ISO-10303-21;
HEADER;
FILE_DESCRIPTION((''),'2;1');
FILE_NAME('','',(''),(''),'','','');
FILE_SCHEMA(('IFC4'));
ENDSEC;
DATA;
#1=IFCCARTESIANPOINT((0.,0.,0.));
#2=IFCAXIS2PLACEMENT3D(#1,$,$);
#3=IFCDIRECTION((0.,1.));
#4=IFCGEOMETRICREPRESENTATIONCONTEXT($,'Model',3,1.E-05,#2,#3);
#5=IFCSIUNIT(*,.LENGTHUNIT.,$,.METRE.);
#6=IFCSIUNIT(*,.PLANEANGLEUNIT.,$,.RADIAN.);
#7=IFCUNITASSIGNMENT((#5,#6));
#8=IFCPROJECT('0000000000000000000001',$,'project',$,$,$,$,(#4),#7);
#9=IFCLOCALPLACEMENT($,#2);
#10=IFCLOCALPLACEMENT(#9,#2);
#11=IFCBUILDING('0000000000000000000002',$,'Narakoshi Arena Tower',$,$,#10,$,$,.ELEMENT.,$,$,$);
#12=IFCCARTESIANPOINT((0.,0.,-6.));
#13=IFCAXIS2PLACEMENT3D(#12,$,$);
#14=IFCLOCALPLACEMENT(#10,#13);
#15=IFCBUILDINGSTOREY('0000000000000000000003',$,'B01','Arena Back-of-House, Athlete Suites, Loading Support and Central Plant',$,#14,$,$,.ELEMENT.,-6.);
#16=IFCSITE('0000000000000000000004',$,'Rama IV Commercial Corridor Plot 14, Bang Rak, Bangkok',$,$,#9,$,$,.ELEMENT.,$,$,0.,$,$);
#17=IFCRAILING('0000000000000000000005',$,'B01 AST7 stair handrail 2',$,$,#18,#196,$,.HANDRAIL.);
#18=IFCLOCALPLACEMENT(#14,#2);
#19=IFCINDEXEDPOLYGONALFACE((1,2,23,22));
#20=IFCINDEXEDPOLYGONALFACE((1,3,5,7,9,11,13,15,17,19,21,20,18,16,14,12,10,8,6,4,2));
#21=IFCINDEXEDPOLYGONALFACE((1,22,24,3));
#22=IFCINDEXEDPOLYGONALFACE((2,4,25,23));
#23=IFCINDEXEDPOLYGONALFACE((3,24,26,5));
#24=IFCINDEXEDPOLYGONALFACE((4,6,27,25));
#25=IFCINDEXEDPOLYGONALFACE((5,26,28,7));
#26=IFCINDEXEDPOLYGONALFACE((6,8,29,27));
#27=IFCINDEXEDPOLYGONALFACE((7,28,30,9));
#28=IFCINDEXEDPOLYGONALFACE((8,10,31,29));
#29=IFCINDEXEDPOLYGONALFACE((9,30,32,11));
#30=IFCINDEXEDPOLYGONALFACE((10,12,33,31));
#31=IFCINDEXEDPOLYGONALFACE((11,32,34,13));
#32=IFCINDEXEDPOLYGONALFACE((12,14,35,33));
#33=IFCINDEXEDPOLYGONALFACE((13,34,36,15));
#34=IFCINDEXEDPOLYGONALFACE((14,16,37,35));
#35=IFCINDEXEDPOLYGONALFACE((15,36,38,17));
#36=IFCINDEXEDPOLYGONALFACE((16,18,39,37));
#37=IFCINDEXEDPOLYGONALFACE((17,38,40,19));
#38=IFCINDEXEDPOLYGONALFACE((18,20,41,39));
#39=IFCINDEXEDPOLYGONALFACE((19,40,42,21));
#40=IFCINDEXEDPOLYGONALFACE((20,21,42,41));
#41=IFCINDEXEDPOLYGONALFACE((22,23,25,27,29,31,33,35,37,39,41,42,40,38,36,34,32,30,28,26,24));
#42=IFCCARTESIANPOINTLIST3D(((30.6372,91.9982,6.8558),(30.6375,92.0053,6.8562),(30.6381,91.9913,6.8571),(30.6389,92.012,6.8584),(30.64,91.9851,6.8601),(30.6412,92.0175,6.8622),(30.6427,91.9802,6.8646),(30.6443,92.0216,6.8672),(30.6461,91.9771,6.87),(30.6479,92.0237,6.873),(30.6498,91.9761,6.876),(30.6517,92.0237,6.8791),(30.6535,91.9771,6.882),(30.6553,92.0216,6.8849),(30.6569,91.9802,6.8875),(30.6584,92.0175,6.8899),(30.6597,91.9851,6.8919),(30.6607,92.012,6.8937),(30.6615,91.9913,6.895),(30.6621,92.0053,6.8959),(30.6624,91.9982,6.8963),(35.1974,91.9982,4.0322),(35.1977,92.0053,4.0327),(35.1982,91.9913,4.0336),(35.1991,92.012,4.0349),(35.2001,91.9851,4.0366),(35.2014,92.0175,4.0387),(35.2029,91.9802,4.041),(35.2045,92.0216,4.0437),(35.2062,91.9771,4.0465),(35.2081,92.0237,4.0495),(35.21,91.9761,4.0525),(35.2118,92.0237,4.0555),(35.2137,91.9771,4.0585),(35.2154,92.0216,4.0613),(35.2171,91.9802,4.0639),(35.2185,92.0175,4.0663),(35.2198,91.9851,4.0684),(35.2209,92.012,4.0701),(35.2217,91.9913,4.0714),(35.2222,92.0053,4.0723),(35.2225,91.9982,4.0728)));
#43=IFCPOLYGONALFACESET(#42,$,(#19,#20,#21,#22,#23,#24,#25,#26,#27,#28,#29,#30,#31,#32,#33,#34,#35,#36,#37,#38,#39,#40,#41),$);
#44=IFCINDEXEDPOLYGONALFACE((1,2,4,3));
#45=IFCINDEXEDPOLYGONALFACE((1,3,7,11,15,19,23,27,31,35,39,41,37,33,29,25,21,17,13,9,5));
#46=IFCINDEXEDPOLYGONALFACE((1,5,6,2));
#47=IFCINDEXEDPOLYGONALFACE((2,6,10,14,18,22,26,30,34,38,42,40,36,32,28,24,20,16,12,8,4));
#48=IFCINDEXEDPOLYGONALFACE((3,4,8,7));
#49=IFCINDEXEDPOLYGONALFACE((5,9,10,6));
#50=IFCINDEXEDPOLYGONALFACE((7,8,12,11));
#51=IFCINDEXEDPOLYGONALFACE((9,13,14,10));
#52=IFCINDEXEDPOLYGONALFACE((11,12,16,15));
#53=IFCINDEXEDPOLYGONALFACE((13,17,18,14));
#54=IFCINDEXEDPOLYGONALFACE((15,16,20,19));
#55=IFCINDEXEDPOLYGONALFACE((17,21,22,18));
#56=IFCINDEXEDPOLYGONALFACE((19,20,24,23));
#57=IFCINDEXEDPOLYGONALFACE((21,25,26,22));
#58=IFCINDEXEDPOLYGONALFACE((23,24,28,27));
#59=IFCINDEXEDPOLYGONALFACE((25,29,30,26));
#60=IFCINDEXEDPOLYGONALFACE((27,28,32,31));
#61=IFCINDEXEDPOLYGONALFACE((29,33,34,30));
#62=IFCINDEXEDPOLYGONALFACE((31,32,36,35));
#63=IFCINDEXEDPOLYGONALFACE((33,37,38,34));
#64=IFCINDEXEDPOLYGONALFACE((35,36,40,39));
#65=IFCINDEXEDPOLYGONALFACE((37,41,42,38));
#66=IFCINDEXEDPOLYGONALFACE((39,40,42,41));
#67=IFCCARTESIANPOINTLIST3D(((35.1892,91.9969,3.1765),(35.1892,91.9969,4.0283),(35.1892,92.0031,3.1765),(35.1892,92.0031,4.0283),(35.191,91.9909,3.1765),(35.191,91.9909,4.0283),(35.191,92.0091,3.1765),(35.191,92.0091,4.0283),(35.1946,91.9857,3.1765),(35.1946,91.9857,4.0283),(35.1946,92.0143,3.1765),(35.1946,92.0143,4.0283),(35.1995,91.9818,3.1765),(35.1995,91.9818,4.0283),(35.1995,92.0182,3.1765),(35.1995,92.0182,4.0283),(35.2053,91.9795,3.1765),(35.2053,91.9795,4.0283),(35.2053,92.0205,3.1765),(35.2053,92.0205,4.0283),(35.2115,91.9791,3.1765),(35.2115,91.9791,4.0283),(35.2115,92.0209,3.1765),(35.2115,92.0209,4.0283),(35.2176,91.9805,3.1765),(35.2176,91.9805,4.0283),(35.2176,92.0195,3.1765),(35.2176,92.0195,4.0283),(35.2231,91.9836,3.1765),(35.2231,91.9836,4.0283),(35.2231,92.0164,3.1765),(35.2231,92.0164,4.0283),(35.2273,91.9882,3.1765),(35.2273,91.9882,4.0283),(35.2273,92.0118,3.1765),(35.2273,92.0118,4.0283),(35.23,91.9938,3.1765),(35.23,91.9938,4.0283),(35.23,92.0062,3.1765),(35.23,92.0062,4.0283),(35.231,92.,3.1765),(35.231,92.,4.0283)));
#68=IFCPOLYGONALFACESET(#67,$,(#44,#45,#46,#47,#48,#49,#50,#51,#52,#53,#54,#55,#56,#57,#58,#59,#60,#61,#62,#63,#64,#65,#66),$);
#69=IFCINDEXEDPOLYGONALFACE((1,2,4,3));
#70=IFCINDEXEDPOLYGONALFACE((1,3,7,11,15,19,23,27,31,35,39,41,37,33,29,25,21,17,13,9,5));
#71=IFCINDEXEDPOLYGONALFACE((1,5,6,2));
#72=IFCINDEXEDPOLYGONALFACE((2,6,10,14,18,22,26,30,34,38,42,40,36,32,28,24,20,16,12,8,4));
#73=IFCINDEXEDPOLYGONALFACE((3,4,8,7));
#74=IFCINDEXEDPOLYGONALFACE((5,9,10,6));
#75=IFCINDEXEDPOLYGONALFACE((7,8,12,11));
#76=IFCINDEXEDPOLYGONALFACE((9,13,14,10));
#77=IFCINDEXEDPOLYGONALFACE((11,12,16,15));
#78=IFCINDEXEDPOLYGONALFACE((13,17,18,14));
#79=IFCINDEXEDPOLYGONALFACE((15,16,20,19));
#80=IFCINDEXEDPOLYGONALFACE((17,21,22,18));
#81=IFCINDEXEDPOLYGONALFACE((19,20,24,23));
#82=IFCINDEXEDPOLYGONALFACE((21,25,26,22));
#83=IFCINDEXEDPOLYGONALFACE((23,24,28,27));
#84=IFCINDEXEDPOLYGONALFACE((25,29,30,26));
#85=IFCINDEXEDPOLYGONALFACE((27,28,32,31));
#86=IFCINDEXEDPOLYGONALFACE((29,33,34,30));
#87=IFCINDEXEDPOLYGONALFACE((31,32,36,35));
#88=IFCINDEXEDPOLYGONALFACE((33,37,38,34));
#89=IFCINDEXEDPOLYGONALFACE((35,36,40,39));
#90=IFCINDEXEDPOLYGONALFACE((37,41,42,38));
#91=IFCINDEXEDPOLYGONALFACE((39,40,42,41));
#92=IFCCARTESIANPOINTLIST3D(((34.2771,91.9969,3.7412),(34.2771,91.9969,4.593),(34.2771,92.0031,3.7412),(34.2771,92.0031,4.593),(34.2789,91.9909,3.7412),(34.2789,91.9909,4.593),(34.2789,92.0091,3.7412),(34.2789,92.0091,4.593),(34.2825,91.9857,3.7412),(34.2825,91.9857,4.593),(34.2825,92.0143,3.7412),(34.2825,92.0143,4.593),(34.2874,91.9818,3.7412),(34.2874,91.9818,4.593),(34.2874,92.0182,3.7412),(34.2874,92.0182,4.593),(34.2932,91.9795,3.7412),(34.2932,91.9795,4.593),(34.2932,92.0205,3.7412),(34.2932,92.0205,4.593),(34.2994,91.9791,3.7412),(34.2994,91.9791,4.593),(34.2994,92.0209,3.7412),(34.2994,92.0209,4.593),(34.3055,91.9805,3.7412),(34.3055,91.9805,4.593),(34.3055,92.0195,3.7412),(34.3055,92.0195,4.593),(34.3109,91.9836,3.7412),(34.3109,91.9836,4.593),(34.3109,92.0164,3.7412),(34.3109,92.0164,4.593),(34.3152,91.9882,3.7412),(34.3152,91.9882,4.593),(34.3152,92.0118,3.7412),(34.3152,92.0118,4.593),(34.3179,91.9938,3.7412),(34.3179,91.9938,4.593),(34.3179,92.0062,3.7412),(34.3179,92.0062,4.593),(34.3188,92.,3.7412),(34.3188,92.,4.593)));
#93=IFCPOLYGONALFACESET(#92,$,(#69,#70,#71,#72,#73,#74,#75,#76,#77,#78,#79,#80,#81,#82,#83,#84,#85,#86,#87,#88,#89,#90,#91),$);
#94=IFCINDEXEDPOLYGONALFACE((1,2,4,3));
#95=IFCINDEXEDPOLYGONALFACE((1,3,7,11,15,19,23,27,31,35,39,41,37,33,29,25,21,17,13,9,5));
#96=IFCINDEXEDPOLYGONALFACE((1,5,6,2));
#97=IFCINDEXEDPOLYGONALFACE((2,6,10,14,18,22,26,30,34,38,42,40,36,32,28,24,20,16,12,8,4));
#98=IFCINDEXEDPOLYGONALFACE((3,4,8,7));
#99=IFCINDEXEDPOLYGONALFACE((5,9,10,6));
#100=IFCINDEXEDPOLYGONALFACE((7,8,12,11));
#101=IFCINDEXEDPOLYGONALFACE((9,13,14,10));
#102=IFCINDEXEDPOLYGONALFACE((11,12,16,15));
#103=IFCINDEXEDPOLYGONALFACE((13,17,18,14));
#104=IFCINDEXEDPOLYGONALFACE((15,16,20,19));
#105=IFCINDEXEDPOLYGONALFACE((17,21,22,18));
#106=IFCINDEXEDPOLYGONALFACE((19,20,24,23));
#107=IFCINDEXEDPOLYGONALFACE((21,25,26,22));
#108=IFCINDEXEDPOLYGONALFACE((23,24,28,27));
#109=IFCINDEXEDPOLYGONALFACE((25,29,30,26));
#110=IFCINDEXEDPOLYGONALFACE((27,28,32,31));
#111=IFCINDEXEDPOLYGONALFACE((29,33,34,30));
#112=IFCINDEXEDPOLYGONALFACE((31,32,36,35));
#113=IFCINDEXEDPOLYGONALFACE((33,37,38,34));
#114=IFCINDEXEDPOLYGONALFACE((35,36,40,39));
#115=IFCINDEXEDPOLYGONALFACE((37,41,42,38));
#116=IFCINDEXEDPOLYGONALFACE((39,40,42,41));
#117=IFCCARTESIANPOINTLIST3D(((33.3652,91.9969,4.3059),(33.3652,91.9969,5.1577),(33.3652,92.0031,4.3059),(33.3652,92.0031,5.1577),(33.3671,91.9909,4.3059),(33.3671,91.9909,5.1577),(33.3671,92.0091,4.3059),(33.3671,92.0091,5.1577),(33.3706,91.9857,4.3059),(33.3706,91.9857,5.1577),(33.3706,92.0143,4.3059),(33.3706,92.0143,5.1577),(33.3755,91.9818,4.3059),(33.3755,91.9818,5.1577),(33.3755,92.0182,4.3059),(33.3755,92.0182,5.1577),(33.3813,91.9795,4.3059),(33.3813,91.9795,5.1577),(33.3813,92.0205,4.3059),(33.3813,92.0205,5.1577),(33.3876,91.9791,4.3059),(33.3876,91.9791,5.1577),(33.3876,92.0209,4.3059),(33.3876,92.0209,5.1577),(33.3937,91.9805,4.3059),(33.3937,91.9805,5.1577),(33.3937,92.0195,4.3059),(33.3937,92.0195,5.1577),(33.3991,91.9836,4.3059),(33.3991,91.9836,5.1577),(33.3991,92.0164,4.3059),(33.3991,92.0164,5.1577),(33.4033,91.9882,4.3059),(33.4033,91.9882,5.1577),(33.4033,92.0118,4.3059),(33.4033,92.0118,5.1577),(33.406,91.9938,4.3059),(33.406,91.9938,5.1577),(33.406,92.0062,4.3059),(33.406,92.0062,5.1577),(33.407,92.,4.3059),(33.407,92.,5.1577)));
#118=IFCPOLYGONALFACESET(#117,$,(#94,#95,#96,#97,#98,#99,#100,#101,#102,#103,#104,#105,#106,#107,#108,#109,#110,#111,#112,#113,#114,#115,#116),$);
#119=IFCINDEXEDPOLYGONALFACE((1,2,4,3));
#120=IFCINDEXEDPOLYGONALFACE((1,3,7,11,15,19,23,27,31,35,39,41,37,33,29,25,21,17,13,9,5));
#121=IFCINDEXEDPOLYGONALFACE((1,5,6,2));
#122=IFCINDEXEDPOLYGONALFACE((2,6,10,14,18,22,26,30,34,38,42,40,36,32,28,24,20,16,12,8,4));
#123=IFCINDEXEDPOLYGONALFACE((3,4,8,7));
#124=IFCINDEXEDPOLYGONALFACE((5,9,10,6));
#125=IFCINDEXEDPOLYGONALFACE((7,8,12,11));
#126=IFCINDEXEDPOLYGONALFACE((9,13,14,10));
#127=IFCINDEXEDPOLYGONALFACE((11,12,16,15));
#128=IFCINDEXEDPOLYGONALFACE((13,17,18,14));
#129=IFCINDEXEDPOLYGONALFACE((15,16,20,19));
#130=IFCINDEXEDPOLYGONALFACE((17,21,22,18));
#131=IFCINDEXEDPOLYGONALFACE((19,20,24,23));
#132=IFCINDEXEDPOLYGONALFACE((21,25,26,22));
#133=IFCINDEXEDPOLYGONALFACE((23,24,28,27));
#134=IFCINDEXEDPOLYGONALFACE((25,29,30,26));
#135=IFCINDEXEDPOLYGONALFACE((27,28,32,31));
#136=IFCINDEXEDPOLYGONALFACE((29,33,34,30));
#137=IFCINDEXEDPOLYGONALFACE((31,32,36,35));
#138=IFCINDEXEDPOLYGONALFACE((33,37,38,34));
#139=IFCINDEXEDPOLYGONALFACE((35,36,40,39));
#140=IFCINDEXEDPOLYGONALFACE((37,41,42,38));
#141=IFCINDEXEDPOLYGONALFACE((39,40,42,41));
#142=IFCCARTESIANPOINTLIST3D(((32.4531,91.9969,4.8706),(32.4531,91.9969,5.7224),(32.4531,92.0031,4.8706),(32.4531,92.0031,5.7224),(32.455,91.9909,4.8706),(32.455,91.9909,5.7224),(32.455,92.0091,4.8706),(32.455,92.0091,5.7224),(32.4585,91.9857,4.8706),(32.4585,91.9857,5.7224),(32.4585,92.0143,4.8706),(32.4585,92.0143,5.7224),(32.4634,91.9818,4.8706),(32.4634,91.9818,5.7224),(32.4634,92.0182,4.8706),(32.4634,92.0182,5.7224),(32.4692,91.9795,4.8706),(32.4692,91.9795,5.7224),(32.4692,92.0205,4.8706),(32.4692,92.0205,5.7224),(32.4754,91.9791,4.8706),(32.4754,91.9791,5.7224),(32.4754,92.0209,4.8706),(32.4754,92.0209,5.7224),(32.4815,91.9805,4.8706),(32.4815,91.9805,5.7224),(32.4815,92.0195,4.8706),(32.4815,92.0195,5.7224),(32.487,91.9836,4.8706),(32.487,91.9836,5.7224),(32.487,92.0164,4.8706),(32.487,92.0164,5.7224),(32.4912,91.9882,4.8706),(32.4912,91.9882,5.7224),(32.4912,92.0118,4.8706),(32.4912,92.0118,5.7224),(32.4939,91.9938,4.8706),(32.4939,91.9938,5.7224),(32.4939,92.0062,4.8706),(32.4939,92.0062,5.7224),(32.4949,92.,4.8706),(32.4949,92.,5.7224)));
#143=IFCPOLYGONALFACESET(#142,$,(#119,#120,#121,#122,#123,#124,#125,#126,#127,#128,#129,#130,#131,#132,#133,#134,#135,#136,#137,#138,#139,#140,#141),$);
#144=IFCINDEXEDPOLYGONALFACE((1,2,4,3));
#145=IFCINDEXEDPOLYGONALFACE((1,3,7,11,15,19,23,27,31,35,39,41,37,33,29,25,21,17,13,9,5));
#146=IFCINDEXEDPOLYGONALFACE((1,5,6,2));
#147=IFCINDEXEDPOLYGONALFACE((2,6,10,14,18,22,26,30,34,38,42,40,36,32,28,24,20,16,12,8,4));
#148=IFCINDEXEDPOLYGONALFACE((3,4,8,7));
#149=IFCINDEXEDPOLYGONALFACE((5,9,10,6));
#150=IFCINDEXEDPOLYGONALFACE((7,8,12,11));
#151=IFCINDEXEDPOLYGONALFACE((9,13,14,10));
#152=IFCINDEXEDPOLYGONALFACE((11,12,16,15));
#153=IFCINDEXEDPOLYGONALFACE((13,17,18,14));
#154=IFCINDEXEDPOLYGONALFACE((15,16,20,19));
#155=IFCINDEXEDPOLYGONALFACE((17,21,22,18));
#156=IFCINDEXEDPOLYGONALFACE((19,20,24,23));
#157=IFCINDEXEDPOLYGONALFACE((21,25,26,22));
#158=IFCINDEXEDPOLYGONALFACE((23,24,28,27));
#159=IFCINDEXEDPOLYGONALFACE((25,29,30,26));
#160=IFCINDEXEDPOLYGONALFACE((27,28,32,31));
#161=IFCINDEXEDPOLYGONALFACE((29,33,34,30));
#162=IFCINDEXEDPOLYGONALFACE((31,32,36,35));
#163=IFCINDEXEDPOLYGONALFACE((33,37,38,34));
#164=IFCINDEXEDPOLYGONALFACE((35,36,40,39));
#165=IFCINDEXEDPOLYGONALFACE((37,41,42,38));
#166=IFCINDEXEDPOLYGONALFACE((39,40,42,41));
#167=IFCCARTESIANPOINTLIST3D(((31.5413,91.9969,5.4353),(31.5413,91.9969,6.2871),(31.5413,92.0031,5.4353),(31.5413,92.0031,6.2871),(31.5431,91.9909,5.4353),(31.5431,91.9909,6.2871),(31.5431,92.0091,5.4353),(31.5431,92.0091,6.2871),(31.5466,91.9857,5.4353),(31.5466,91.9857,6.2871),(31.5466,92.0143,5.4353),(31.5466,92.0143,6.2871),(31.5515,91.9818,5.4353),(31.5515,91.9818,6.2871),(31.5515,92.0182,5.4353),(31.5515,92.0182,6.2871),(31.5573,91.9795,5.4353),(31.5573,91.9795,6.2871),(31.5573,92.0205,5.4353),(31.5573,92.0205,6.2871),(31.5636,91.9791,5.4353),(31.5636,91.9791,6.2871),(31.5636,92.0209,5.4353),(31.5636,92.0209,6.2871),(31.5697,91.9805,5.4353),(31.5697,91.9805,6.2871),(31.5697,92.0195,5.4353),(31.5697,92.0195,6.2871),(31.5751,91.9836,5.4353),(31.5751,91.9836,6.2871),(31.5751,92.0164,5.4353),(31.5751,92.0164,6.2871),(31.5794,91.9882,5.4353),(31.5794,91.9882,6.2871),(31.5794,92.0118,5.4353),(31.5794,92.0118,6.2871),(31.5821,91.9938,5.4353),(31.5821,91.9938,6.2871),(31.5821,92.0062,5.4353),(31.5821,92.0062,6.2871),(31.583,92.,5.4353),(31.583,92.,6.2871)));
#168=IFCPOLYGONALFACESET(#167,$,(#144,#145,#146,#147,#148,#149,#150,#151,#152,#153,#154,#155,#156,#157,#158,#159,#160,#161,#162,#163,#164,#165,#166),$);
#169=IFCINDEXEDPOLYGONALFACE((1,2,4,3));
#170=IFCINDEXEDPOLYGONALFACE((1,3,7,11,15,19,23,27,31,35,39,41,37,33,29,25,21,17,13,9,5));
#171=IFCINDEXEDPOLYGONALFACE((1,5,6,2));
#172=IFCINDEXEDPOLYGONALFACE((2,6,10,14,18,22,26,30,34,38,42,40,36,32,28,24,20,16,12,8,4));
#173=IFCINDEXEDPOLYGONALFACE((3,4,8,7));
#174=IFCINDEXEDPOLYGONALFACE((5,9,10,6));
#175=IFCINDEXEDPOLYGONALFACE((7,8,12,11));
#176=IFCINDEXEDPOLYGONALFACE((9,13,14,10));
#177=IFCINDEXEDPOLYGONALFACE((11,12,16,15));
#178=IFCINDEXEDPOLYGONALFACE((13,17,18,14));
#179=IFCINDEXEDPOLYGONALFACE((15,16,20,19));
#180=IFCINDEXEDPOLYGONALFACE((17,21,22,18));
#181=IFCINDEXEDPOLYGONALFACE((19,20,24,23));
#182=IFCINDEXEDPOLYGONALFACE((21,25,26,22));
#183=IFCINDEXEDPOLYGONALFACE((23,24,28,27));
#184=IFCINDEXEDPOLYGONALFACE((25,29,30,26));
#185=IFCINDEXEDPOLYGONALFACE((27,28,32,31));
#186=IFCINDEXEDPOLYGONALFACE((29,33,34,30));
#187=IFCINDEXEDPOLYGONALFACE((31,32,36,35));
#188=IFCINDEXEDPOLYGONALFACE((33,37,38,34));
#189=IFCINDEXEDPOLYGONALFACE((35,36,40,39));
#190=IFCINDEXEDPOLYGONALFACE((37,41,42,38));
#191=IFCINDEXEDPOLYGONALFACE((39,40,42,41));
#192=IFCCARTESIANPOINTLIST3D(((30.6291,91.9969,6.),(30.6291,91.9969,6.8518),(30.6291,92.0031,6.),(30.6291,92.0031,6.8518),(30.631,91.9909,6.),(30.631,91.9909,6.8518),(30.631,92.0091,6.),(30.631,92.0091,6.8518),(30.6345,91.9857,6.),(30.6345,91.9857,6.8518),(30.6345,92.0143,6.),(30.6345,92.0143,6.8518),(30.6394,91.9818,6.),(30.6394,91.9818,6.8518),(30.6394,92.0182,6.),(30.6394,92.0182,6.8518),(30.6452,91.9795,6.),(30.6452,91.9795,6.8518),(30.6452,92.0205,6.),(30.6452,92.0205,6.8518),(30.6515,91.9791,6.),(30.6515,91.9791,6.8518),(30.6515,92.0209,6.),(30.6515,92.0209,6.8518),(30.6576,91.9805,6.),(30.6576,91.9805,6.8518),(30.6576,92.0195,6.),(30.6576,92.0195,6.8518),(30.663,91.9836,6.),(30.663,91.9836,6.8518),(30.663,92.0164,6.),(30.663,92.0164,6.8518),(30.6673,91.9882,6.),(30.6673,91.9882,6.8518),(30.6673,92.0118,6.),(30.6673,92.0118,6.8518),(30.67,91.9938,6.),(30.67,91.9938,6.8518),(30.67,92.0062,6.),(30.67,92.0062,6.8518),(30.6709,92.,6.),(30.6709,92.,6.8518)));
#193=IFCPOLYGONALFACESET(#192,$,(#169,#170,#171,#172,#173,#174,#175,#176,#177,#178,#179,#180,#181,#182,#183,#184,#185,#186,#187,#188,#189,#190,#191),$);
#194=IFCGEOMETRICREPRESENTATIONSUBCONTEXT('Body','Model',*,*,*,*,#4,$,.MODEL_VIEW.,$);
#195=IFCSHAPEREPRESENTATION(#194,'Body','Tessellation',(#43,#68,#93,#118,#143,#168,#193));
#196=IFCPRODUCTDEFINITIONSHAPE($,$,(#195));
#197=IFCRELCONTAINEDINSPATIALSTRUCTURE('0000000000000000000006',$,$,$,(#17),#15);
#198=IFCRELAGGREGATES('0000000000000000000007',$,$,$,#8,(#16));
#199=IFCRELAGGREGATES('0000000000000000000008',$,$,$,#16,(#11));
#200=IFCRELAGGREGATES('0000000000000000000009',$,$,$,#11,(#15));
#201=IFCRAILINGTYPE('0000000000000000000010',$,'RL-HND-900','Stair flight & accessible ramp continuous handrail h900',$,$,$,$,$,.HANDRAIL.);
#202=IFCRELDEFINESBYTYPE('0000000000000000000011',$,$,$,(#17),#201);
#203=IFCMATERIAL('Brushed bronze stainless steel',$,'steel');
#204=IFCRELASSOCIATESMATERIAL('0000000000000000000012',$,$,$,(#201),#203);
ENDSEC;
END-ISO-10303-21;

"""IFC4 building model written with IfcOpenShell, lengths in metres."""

from ifc_helpers import new_model, si_unit, direction, frame, origin, origin_2d, place, context, subcontext, project, spatial, circle, extrude, material, type_object, element, save


model = new_model("IFC4")

# Units and contexts
model_context = context("Model", 3, precision=1e-05, world=origin(), true_north=direction((0.0, 1.0)))
body_context = subcontext(model_context, "Body", "Model", "MODEL_VIEW")
ifc_project = project(units=[si_unit("LENGTHUNIT", "METRE"), si_unit("PLANEANGLEUNIT", "RADIAN")], contexts=[model_context])

# Site, building, storey
site_placement = place(None, origin())
site = spatial("IfcSite", under=ifc_project, at=site_placement, Name="Rama IV Commercial Corridor Plot 14, Bang Rak, Bangkok", CompositionType="ELEMENT", RefElevation=0.0)
building_placement = place(site_placement, origin())
building = spatial("IfcBuilding", under=site, at=building_placement, Name="Narakoshi Arena Tower", CompositionType="ELEMENT")
storey_placement = place(building_placement, frame((0.0, 0.0, -6.0)))
storey = spatial("IfcBuildingStorey", under=building, at=storey_placement, Name="B01", Description="Arena Back-of-House, Athlete Suites, Loading Support and Central Plant", CompositionType="ELEMENT", Elevation=-6.0)

# Railing
ifc_material_1 = material(Name="Brushed bronze stainless steel", Category="steel")
railing_type_1 = type_object("IfcRailingType", Name="RL-HND-900", Description="Stair flight & accessible ramp continuous handrail h900", PredefinedType="HANDRAIL", material=ifc_material_1)
railing_1_placement = place(storey_placement, frame((35.21, 92.0, 3.1765)))
element("IfcRailing", 1, at=railing_1_placement, inside=storey, type_object=railing_type_1, Name="B01 AST7 stair handrail 2", PredefinedType="HANDRAIL", context=body_context, shape_type="SweptSolid", body=[
    extrude(circle(Radius=0.0239, at=origin_2d()), frame((0.0, 0.0, 0.876), z_axis=(-0.850216, 0.0, 0.526435), x_axis=(0.0, -1.0, 0.0)), (0.0, 0.0, 1.0), 5.3635),
    extrude(circle(Radius=0.021, at=origin_2d()), origin(), (0.0, 0.0, 1.0), 0.8518),
    extrude(circle(Radius=0.021, at=origin_2d()), frame((-0.9121, 0.0, 0.5647)), (0.0, 0.0, 1.0), 0.8518),
    extrude(circle(Radius=0.021, at=origin_2d()), frame((-1.824, 0.0, 1.1294)), (0.0, 0.0, 1.0), 0.8518),
    extrude(circle(Radius=0.021, at=origin_2d()), frame((-2.7361, 0.0, 1.6941)), (0.0, 0.0, 1.0), 0.8518),
    extrude(circle(Radius=0.021, at=origin_2d()), frame((-3.6479, 0.0, 2.2588)), (0.0, 0.0, 1.0), 0.8518),
    extrude(circle(Radius=0.021, at=origin_2d()), frame((-4.5601, 0.0, 2.8235)), (0.0, 0.0, 1.0), 0.8518),
])

save(model, "model.ifc")
